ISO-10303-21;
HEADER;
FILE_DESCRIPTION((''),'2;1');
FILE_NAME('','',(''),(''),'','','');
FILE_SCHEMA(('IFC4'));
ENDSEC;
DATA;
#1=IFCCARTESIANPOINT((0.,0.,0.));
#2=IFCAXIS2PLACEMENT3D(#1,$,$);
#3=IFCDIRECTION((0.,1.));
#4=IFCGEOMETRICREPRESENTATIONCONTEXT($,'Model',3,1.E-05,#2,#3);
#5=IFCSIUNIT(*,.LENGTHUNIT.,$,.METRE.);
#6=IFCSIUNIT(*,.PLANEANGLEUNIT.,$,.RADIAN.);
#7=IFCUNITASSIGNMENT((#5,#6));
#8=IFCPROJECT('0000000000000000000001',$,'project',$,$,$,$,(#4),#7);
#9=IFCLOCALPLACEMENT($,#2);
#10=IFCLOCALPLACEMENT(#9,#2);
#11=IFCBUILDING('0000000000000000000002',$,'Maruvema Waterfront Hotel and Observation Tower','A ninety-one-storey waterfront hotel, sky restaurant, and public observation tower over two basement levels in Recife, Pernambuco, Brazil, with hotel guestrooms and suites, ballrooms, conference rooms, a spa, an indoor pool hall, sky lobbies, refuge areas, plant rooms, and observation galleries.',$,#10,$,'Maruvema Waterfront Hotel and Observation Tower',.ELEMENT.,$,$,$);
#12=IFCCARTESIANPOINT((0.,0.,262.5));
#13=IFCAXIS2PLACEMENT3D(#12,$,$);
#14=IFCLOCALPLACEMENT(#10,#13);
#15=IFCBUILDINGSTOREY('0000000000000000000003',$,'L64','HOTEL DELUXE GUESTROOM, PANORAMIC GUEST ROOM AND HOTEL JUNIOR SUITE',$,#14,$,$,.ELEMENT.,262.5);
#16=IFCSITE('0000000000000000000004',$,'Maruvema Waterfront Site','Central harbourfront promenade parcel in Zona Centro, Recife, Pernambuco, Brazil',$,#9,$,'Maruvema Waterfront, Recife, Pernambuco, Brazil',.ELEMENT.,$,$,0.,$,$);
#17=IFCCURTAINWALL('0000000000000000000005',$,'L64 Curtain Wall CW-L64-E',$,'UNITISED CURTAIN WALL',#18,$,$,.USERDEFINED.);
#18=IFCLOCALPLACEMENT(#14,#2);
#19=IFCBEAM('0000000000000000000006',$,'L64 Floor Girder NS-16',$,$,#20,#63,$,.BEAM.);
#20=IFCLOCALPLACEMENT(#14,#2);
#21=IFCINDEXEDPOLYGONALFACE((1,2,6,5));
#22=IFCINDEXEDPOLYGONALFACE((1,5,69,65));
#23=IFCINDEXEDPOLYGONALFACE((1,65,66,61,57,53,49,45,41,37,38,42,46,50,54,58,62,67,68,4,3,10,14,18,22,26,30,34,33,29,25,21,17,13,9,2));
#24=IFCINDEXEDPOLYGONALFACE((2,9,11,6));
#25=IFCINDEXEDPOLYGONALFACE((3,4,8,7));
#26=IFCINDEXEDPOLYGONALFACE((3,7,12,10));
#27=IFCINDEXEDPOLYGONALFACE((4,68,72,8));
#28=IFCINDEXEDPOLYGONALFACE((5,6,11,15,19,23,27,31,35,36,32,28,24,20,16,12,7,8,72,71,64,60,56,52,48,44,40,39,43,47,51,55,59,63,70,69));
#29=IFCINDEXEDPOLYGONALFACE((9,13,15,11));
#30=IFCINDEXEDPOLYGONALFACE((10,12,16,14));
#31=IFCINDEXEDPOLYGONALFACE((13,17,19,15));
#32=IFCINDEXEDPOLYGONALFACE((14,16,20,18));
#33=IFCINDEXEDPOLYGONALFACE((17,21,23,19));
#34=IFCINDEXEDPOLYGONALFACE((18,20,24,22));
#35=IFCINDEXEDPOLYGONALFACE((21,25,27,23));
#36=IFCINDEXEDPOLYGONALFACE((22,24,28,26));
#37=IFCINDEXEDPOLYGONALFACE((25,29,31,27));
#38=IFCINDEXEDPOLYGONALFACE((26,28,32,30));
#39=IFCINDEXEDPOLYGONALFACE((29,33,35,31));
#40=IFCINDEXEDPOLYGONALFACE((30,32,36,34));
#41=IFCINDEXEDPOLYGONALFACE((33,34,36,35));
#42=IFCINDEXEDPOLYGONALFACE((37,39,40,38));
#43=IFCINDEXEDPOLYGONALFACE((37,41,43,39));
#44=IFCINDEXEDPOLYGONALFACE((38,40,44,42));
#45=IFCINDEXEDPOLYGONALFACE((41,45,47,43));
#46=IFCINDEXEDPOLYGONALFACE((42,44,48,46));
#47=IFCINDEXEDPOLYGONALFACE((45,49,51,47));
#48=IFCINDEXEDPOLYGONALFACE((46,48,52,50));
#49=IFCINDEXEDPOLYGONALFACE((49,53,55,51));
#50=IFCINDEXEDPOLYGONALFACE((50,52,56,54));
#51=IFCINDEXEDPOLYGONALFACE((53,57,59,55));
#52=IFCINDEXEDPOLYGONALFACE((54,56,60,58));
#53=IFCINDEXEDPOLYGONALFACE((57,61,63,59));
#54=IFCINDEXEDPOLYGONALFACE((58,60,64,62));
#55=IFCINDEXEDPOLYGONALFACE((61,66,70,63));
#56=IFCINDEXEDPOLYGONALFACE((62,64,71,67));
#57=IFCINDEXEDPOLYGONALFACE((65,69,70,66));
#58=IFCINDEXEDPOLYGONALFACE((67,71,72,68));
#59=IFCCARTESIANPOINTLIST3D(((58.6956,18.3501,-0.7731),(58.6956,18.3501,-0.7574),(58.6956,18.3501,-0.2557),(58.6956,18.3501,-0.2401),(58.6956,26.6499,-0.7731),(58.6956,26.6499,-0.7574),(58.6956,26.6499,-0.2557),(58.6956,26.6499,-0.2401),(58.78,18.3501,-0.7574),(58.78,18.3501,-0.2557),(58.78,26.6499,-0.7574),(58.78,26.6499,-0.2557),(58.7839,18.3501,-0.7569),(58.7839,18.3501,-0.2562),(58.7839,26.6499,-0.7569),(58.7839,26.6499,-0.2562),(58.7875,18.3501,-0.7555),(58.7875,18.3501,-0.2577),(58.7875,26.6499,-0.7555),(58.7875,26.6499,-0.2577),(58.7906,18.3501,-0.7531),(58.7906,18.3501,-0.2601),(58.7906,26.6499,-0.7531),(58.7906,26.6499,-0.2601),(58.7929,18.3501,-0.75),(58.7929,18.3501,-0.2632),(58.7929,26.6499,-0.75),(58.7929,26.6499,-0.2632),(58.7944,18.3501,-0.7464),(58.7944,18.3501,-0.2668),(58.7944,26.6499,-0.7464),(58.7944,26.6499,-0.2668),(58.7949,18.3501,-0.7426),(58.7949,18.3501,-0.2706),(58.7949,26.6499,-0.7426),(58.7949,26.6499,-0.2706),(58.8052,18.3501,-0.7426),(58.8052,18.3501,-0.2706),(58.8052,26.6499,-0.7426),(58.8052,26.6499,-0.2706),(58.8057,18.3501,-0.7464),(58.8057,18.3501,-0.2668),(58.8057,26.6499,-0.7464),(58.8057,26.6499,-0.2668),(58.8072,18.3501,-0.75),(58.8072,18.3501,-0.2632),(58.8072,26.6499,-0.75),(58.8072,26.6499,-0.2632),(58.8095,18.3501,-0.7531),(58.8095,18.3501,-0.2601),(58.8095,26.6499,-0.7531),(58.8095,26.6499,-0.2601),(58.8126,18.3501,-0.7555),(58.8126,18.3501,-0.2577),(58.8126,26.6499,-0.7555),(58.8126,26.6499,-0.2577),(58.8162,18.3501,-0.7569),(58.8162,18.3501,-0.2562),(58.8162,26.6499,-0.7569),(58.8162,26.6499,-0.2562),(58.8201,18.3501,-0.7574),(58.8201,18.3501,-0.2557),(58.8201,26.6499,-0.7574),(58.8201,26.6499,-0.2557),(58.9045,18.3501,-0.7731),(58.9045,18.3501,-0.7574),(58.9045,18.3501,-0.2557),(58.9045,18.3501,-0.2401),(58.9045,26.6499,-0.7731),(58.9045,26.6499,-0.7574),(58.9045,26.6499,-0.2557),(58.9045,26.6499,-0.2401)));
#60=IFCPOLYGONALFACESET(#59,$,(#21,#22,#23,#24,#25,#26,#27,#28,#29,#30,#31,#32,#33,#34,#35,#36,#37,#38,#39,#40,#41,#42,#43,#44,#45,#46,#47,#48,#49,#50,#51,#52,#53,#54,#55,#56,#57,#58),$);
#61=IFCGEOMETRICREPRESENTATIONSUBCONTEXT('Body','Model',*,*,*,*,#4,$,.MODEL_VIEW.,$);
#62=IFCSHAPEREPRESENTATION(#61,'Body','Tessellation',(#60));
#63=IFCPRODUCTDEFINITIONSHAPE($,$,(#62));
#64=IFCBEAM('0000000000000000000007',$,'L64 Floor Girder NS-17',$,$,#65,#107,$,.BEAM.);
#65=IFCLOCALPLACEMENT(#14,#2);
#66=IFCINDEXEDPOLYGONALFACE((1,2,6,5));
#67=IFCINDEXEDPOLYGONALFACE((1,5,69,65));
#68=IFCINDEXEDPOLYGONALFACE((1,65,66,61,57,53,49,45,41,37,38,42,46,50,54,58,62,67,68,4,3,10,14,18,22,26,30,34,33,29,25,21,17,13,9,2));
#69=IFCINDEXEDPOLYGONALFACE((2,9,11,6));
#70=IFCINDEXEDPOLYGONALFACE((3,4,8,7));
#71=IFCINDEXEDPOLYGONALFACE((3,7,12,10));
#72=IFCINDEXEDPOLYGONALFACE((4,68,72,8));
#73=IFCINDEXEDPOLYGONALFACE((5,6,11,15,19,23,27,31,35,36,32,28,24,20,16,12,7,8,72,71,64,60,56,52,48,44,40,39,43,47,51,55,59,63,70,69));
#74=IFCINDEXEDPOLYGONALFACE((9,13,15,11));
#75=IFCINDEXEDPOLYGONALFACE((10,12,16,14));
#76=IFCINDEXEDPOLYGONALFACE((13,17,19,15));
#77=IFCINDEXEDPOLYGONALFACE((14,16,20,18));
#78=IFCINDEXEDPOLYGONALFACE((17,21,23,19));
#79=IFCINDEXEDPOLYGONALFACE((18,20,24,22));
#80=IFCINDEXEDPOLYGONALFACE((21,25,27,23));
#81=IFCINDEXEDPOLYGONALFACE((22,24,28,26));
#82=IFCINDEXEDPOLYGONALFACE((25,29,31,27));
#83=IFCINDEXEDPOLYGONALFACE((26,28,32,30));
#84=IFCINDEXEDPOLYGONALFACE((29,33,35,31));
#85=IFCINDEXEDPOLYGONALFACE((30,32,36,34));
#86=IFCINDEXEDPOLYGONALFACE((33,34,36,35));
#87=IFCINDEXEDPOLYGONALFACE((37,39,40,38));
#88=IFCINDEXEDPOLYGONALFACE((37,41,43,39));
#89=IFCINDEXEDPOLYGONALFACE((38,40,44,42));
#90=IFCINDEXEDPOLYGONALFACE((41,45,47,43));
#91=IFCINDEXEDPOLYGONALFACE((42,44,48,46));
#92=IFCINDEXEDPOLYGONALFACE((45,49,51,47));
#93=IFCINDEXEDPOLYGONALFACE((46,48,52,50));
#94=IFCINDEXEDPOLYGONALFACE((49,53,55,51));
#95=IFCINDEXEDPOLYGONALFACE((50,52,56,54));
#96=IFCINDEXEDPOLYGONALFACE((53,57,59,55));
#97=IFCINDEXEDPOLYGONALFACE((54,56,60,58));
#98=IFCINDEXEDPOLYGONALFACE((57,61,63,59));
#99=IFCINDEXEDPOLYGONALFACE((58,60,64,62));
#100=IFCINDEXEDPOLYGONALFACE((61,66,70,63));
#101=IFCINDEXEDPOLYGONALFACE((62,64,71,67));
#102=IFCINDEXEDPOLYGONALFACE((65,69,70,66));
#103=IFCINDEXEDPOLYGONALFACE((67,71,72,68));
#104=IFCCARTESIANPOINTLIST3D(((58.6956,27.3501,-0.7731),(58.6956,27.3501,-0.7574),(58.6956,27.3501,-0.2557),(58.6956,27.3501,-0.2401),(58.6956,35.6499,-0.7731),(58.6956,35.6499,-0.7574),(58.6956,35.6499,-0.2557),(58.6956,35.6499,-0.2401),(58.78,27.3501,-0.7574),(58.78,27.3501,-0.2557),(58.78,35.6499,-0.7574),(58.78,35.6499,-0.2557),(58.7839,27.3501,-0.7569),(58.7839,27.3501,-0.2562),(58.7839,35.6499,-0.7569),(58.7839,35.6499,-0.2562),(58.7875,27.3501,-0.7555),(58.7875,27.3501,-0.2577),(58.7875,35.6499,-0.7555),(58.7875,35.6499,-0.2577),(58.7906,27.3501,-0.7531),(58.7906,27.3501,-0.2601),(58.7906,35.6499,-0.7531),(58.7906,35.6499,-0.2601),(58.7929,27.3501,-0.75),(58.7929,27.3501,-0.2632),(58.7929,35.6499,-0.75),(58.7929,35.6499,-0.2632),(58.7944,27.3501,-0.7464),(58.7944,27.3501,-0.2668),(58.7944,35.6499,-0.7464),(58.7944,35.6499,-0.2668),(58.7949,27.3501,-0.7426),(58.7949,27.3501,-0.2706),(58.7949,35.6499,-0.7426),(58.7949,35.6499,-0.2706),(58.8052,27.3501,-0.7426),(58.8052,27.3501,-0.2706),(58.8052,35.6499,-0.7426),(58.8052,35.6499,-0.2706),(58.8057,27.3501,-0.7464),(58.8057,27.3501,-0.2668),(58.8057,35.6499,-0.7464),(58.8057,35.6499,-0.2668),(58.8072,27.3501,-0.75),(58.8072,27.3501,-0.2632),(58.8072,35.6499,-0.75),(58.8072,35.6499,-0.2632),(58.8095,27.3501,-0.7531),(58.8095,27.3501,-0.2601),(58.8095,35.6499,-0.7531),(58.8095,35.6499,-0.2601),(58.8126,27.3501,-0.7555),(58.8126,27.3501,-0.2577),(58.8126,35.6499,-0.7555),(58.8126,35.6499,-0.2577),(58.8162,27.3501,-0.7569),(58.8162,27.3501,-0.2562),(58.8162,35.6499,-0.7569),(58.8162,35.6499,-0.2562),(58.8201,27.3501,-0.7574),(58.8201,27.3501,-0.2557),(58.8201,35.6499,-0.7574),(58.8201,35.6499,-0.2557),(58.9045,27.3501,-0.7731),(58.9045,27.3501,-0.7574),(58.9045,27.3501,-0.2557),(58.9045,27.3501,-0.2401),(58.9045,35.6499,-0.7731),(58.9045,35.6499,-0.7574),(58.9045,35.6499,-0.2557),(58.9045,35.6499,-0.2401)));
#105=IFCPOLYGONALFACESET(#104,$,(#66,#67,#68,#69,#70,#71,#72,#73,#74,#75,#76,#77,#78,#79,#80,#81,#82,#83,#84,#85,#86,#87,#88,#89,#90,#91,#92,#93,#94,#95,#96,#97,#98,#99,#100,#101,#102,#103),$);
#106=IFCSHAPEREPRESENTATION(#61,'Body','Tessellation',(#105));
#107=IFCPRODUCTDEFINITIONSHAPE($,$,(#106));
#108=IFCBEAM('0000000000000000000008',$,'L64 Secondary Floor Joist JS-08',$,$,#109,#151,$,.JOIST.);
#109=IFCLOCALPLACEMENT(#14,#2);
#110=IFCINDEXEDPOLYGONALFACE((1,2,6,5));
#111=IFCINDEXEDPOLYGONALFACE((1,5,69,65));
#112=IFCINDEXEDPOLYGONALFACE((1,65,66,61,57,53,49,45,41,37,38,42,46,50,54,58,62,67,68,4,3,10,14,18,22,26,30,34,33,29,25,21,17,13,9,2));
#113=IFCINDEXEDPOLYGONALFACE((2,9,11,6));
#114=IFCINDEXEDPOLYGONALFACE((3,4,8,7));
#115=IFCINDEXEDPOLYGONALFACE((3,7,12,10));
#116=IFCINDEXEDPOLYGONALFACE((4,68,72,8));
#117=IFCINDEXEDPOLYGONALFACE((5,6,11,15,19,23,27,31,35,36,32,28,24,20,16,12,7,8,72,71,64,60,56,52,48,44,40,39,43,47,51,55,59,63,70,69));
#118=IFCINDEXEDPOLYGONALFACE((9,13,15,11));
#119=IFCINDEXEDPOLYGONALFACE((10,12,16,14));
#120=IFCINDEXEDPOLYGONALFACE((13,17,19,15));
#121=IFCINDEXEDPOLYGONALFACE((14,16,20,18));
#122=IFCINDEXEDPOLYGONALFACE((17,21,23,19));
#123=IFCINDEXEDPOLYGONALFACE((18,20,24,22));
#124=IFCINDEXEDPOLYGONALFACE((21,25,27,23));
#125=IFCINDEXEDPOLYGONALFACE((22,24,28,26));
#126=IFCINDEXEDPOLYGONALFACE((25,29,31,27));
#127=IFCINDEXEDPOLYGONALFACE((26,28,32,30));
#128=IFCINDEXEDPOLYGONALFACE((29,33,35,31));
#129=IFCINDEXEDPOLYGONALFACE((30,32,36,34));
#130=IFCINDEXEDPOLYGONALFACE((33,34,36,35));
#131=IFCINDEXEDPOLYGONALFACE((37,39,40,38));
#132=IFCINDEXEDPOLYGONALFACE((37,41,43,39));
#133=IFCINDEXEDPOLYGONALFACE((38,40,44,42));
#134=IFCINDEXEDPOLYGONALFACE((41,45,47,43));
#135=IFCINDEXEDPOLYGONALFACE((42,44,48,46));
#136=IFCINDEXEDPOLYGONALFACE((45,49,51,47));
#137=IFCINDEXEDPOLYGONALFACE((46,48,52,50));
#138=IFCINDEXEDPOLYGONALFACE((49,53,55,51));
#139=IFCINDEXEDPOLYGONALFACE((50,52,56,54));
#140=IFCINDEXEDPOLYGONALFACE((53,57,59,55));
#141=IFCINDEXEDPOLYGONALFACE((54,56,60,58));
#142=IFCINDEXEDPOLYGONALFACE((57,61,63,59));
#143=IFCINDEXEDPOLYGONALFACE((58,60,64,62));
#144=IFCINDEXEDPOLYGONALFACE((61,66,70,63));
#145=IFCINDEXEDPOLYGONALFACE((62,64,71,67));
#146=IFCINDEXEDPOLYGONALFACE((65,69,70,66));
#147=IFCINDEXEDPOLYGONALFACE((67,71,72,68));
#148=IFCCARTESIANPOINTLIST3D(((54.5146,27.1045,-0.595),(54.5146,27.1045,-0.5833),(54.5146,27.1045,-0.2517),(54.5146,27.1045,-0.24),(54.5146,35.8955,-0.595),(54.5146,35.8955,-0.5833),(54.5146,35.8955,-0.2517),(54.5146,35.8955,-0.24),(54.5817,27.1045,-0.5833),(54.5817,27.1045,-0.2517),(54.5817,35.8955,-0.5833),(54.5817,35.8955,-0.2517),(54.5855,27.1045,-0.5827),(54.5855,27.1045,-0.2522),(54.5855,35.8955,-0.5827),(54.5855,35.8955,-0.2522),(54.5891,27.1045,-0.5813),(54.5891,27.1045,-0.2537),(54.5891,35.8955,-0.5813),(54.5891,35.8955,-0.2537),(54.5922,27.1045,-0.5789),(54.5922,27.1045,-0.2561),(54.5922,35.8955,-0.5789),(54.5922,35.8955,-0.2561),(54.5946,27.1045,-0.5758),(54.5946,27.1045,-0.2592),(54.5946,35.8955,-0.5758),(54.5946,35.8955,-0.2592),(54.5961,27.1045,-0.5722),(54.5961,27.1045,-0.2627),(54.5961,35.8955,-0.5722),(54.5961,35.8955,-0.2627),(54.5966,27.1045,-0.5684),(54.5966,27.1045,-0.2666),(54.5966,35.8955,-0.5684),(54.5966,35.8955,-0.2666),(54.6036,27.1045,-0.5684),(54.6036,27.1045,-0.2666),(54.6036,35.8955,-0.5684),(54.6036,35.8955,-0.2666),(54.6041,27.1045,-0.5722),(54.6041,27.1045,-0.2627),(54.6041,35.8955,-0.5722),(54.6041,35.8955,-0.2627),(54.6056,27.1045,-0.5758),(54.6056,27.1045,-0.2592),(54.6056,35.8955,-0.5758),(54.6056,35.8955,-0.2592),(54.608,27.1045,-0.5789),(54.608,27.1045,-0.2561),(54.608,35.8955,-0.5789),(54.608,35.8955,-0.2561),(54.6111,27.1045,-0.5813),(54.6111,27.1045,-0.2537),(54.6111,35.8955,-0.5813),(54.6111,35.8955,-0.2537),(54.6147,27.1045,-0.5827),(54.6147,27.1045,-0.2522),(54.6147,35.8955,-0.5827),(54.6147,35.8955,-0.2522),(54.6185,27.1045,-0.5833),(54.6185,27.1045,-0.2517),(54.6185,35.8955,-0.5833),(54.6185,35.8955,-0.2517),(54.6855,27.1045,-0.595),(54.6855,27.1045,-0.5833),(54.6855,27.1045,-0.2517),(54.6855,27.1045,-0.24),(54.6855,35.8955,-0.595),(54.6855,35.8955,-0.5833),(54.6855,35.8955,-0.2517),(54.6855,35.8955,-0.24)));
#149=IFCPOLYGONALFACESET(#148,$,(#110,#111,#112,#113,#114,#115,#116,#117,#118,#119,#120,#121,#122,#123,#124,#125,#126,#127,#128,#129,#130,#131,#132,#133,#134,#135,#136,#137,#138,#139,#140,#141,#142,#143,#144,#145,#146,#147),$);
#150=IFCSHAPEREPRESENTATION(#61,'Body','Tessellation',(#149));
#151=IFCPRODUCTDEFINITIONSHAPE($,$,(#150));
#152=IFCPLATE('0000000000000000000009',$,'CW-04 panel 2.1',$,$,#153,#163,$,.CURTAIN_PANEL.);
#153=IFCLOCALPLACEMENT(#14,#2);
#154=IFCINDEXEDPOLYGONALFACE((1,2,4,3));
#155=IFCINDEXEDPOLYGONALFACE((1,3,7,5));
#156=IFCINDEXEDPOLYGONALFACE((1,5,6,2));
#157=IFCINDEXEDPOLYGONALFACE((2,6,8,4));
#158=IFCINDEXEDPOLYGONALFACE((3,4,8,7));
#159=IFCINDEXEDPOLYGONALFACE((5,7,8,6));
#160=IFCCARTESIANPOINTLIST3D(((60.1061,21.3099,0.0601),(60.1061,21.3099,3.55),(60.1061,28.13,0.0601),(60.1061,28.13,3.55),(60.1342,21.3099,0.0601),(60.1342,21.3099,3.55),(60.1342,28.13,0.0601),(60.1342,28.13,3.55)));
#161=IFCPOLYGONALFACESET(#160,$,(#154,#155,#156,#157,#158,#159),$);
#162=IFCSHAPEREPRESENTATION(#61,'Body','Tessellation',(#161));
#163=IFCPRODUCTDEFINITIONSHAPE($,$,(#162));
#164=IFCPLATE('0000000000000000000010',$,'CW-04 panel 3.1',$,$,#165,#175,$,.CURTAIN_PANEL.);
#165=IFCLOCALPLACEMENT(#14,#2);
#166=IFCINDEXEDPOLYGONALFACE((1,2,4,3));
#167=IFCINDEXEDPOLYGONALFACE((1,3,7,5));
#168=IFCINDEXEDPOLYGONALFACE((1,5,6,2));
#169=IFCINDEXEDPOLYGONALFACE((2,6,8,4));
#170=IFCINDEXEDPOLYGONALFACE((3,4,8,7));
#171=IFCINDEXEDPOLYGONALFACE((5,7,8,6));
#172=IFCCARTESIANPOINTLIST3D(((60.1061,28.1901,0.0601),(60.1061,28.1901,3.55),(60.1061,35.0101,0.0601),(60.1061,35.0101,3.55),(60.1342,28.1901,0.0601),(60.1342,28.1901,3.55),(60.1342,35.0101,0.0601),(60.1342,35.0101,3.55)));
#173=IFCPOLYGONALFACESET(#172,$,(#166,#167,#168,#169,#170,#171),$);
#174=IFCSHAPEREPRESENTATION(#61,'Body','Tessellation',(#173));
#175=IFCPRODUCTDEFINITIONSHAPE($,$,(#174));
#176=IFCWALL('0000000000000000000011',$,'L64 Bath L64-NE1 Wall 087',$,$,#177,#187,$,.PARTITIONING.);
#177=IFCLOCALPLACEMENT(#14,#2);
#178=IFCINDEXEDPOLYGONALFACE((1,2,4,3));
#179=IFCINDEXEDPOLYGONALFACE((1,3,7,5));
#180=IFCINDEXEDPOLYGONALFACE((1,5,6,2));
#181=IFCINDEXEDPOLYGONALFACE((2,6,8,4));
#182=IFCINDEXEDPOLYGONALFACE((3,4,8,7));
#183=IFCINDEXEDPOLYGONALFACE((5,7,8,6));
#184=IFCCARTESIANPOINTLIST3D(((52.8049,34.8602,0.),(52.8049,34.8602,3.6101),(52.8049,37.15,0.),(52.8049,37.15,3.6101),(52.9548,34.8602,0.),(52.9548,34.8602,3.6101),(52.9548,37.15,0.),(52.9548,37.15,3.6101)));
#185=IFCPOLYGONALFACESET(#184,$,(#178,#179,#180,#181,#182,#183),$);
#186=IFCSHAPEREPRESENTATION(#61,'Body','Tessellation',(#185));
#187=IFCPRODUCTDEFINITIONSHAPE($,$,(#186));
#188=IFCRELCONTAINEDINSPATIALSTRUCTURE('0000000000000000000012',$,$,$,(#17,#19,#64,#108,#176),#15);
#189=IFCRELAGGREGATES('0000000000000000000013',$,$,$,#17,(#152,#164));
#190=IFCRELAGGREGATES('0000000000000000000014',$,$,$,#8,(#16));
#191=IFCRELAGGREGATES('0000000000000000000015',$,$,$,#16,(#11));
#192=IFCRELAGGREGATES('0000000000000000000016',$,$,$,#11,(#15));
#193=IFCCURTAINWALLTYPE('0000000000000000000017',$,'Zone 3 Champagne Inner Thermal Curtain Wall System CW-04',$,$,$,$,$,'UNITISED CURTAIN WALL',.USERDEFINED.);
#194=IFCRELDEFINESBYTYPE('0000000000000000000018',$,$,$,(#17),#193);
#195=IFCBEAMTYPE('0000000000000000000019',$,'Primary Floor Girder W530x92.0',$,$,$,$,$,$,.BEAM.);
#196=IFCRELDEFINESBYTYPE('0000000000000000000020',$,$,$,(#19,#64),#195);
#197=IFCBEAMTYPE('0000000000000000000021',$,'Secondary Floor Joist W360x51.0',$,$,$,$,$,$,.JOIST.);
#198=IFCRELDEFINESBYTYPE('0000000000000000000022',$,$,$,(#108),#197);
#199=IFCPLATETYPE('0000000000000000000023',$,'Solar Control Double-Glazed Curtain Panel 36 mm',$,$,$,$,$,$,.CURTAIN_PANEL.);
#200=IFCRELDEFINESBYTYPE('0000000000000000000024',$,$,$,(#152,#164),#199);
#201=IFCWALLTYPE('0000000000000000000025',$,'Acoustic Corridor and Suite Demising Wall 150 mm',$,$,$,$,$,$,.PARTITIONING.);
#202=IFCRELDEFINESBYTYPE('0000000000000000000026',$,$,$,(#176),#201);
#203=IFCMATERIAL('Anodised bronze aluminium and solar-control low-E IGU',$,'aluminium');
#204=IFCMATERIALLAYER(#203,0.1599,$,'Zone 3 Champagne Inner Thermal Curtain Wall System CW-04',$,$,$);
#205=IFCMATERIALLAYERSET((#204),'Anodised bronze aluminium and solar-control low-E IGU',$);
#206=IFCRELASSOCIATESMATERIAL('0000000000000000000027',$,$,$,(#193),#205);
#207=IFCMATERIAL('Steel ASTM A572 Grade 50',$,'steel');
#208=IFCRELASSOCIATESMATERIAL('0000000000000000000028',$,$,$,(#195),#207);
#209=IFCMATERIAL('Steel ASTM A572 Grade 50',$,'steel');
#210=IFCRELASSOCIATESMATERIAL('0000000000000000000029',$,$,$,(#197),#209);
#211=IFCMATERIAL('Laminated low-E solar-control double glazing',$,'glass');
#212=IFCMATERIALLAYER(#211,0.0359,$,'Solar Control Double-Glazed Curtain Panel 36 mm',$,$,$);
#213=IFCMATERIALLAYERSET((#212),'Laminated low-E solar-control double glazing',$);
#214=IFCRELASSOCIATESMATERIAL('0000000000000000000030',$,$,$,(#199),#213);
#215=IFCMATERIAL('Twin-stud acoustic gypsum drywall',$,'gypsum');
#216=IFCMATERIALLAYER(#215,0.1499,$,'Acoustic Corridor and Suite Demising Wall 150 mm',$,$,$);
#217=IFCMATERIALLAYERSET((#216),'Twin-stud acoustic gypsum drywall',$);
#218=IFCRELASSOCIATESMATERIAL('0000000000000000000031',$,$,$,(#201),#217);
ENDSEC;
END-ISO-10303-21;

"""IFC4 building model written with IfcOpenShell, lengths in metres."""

from ifc_helpers import new_model, si_unit, direction, frame, frame_2d, origin, origin_2d, place, context, subcontext, project, spatial, rectangle, i_section, extrude, material, layer, layer_set, material_profile, profile_set, type_object, element, aggregate, save


model = new_model("IFC4")

# Units and contexts
model_context = context("Model", 3, precision=1e-05, world=origin(), true_north=direction((0.0, 1.0)))
body_context = subcontext(model_context, "Body", "Model", "MODEL_VIEW")
ifc_project = project(units=[si_unit("LENGTHUNIT", "METRE"), si_unit("PLANEANGLEUNIT", "RADIAN")], contexts=[model_context])

# Site, building, storey
site_placement = place(None, origin())
site = spatial("IfcSite", under=ifc_project, at=site_placement, Name="Maruvema Waterfront Site", Description="Central harbourfront promenade parcel in Zona Centro, Recife, Pernambuco, Brazil", LongName="Maruvema Waterfront, Recife, Pernambuco, Brazil", CompositionType="ELEMENT", RefElevation=0.0)
building_placement = place(site_placement, origin())
building = spatial("IfcBuilding", under=site, at=building_placement, Name="Maruvema Waterfront Hotel and Observation Tower", Description="A ninety-one-storey waterfront hotel, sky restaurant, and public observation tower over two basement levels in Recife, Pernambuco, Brazil, with hotel guestrooms and suites, ballrooms, conference rooms, a spa, an indoor pool hall, sky lobbies, refuge areas, plant rooms, and observation galleries.", LongName="Maruvema Waterfront Hotel and Observation Tower", CompositionType="ELEMENT")
storey_placement = place(building_placement, frame((0.0, 0.0, 262.5)))
storey = spatial("IfcBuildingStorey", under=building, at=storey_placement, Name="L64", Description="HOTEL DELUXE GUESTROOM, PANORAMIC GUEST ROOM AND HOTEL JUNIOR SUITE", CompositionType="ELEMENT", Elevation=262.5)

# Curtain wall
ifc_material_1 = material(Name="Anodised bronze aluminium and solar-control low-E IGU", Category="aluminium")
ifc_layer_1 = layer(ifc_material_1, 0.1599, Name="Zone 3 Champagne Inner Thermal Curtain Wall System CW-04")
ifc_layer_set_1 = layer_set([ifc_layer_1], Name="Anodised bronze aluminium and solar-control low-E IGU")
curtain_wall_type = type_object("IfcCurtainWallType", Name="Zone 3 Champagne Inner Thermal Curtain Wall System CW-04", ElementType="UNITISED CURTAIN WALL", PredefinedType="USERDEFINED", material=ifc_layer_set_1)
curtain_wall_placement = place(storey_placement, origin())
curtain_wall = element("IfcCurtainWall", 1, at=curtain_wall_placement, inside=storey, type_object=curtain_wall_type, Name="L64 Curtain Wall CW-L64-E", ObjectType="UNITISED CURTAIN WALL", PredefinedType="USERDEFINED")

# Beams
ifc_material_2 = material(Name="Steel ASTM A572 Grade 50", Category="steel")
ifc_material_profile_1 = material_profile(ifc_material_2, i_section(OverallWidth=0.209, OverallDepth=0.533, WebThickness=0.0103, FlangeThickness=0.0156, FilletRadius=0.0149, at=origin_2d()), Name="W530x92.0")
ifc_profile_set_1 = profile_set([ifc_material_profile_1], Name="Steel ASTM A572 Grade 50")
beam_type_1 = type_object("IfcBeamType", Name="Primary Floor Girder W530x92.0", PredefinedType="BEAM", material=ifc_profile_set_1)
for number, where, z_axis, x_axis, name in (
    (2, (58.8, 18.3501, -0.5066), (0.0, 1.0, 0.0), (-1.0, 0.0, 0.0), "L64 Floor Girder NS-16"),
    (3, (58.8, 27.3501, -0.5066), (0.0, 1.0, 0.0), (-1.0, 0.0, 0.0), "L64 Floor Girder NS-17"),
):
    element("IfcBeam", number, at=place(storey_placement, frame(where, z_axis=z_axis, x_axis=x_axis)), inside=storey, type_object=beam_type_1, Name=name, PredefinedType="BEAM", context=body_context, shape_type="SweptSolid", body=[
        extrude(i_section(OverallWidth=0.209, OverallDepth=0.533, WebThickness=0.0103, FlangeThickness=0.0156, FilletRadius=0.0149, at=origin_2d()), origin(), (0.0, 0.0, 1.0), 8.2998),
    ])
ifc_material_3 = material(Name="Steel ASTM A572 Grade 50", Category="steel")
ifc_material_profile_2 = material_profile(ifc_material_3, i_section(OverallWidth=0.1709, OverallDepth=0.355, WebThickness=0.0071, FlangeThickness=0.0117, FilletRadius=0.0149, at=origin_2d()), Name="W360x51.0")
ifc_profile_set_2 = profile_set([ifc_material_profile_2], Name="Steel ASTM A572 Grade 50")
beam_type_2 = type_object("IfcBeamType", Name="Secondary Floor Joist W360x51.0", PredefinedType="JOIST", material=ifc_profile_set_2)
beam_1_placement = place(storey_placement, frame((54.6001, 27.1045, -0.4175), z_axis=(0.0, 1.0, 0.0), x_axis=(-1.0, 0.0, 0.0)))
element("IfcBeam", 4, at=beam_1_placement, inside=storey, type_object=beam_type_2, Name="L64 Secondary Floor Joist JS-08", PredefinedType="JOIST", context=body_context, shape_type="SweptSolid", body=[
    extrude(i_section(OverallWidth=0.1709, OverallDepth=0.355, WebThickness=0.0071, FlangeThickness=0.0117, FilletRadius=0.0149, at=origin_2d()), origin(), (0.0, 0.0, 1.0), 8.791),
])

# Plates
ifc_material_4 = material(Name="Laminated low-E solar-control double glazing", Category="glass")
ifc_layer_2 = layer(ifc_material_4, 0.0359, Name="Solar Control Double-Glazed Curtain Panel 36 mm")
ifc_layer_set_2 = layer_set([ifc_layer_2], Name="Laminated low-E solar-control double glazing")
plate_type = type_object("IfcPlateType", Name="Solar Control Double-Glazed Curtain Panel 36 mm", PredefinedType="CURTAIN_PANEL", material=ifc_layer_set_2)
plate_1_placement = place(storey_placement, frame((60.1201, 24.72, 0.0601), z_axis=(0.0, 0.0, 1.0), x_axis=(0.0, 1.0, 0.0)))
plate_1 = element("IfcPlate", 5, at=plate_1_placement, type_object=plate_type, Name="CW-04 panel 2.1", PredefinedType="CURTAIN_PANEL", context=body_context, shape_type="SweptSolid", body=[
    extrude(rectangle(XDim=6.8201, YDim=0.0281, at=origin_2d()), origin(), (0.0, 0.0, 1.0), 3.49),
])
plate_2_placement = place(storey_placement, frame((60.1201, 31.6001, 0.0601), z_axis=(0.0, 0.0, 1.0), x_axis=(0.0, 1.0, 0.0)))
plate_2 = element("IfcPlate", 6, at=plate_2_placement, type_object=plate_type, Name="CW-04 panel 3.1", PredefinedType="CURTAIN_PANEL", context=body_context, shape_type="SweptSolid", body=[
    extrude(rectangle(XDim=6.8201, YDim=0.0281, at=origin_2d()), origin(), (0.0, 0.0, 1.0), 3.49),
])
aggregate(curtain_wall, [plate_1, plate_2])

# Wall
ifc_material_5 = material(Name="Twin-stud acoustic gypsum drywall", Category="gypsum")
ifc_layer_3 = layer(ifc_material_5, 0.1499, Name="Acoustic Corridor and Suite Demising Wall 150 mm")
ifc_layer_set_3 = layer_set([ifc_layer_3], Name="Twin-stud acoustic gypsum drywall")
wall_type_1 = type_object("IfcWallType", Name="Acoustic Corridor and Suite Demising Wall 150 mm", PredefinedType="PARTITIONING", material=ifc_layer_set_3)
wall_1_placement = place(storey_placement, frame((52.8799, 34.8601, 0.0), z_axis=(0.0, 0.0, 1.0), x_axis=(0.0, 1.0, 0.0)))
element("IfcWall", 7, at=wall_1_placement, inside=storey, type_object=wall_type_1, Name="L64 Bath L64-NE1 Wall 087", PredefinedType="PARTITIONING", context=body_context, shape_type="SweptSolid", body=[
    extrude(rectangle(XDim=2.2898, YDim=0.1499, at=frame_2d((1.145, 0.0))), origin(), (0.0, 0.0, 1.0), 3.6101),
])

save(model, "model.ifc")
